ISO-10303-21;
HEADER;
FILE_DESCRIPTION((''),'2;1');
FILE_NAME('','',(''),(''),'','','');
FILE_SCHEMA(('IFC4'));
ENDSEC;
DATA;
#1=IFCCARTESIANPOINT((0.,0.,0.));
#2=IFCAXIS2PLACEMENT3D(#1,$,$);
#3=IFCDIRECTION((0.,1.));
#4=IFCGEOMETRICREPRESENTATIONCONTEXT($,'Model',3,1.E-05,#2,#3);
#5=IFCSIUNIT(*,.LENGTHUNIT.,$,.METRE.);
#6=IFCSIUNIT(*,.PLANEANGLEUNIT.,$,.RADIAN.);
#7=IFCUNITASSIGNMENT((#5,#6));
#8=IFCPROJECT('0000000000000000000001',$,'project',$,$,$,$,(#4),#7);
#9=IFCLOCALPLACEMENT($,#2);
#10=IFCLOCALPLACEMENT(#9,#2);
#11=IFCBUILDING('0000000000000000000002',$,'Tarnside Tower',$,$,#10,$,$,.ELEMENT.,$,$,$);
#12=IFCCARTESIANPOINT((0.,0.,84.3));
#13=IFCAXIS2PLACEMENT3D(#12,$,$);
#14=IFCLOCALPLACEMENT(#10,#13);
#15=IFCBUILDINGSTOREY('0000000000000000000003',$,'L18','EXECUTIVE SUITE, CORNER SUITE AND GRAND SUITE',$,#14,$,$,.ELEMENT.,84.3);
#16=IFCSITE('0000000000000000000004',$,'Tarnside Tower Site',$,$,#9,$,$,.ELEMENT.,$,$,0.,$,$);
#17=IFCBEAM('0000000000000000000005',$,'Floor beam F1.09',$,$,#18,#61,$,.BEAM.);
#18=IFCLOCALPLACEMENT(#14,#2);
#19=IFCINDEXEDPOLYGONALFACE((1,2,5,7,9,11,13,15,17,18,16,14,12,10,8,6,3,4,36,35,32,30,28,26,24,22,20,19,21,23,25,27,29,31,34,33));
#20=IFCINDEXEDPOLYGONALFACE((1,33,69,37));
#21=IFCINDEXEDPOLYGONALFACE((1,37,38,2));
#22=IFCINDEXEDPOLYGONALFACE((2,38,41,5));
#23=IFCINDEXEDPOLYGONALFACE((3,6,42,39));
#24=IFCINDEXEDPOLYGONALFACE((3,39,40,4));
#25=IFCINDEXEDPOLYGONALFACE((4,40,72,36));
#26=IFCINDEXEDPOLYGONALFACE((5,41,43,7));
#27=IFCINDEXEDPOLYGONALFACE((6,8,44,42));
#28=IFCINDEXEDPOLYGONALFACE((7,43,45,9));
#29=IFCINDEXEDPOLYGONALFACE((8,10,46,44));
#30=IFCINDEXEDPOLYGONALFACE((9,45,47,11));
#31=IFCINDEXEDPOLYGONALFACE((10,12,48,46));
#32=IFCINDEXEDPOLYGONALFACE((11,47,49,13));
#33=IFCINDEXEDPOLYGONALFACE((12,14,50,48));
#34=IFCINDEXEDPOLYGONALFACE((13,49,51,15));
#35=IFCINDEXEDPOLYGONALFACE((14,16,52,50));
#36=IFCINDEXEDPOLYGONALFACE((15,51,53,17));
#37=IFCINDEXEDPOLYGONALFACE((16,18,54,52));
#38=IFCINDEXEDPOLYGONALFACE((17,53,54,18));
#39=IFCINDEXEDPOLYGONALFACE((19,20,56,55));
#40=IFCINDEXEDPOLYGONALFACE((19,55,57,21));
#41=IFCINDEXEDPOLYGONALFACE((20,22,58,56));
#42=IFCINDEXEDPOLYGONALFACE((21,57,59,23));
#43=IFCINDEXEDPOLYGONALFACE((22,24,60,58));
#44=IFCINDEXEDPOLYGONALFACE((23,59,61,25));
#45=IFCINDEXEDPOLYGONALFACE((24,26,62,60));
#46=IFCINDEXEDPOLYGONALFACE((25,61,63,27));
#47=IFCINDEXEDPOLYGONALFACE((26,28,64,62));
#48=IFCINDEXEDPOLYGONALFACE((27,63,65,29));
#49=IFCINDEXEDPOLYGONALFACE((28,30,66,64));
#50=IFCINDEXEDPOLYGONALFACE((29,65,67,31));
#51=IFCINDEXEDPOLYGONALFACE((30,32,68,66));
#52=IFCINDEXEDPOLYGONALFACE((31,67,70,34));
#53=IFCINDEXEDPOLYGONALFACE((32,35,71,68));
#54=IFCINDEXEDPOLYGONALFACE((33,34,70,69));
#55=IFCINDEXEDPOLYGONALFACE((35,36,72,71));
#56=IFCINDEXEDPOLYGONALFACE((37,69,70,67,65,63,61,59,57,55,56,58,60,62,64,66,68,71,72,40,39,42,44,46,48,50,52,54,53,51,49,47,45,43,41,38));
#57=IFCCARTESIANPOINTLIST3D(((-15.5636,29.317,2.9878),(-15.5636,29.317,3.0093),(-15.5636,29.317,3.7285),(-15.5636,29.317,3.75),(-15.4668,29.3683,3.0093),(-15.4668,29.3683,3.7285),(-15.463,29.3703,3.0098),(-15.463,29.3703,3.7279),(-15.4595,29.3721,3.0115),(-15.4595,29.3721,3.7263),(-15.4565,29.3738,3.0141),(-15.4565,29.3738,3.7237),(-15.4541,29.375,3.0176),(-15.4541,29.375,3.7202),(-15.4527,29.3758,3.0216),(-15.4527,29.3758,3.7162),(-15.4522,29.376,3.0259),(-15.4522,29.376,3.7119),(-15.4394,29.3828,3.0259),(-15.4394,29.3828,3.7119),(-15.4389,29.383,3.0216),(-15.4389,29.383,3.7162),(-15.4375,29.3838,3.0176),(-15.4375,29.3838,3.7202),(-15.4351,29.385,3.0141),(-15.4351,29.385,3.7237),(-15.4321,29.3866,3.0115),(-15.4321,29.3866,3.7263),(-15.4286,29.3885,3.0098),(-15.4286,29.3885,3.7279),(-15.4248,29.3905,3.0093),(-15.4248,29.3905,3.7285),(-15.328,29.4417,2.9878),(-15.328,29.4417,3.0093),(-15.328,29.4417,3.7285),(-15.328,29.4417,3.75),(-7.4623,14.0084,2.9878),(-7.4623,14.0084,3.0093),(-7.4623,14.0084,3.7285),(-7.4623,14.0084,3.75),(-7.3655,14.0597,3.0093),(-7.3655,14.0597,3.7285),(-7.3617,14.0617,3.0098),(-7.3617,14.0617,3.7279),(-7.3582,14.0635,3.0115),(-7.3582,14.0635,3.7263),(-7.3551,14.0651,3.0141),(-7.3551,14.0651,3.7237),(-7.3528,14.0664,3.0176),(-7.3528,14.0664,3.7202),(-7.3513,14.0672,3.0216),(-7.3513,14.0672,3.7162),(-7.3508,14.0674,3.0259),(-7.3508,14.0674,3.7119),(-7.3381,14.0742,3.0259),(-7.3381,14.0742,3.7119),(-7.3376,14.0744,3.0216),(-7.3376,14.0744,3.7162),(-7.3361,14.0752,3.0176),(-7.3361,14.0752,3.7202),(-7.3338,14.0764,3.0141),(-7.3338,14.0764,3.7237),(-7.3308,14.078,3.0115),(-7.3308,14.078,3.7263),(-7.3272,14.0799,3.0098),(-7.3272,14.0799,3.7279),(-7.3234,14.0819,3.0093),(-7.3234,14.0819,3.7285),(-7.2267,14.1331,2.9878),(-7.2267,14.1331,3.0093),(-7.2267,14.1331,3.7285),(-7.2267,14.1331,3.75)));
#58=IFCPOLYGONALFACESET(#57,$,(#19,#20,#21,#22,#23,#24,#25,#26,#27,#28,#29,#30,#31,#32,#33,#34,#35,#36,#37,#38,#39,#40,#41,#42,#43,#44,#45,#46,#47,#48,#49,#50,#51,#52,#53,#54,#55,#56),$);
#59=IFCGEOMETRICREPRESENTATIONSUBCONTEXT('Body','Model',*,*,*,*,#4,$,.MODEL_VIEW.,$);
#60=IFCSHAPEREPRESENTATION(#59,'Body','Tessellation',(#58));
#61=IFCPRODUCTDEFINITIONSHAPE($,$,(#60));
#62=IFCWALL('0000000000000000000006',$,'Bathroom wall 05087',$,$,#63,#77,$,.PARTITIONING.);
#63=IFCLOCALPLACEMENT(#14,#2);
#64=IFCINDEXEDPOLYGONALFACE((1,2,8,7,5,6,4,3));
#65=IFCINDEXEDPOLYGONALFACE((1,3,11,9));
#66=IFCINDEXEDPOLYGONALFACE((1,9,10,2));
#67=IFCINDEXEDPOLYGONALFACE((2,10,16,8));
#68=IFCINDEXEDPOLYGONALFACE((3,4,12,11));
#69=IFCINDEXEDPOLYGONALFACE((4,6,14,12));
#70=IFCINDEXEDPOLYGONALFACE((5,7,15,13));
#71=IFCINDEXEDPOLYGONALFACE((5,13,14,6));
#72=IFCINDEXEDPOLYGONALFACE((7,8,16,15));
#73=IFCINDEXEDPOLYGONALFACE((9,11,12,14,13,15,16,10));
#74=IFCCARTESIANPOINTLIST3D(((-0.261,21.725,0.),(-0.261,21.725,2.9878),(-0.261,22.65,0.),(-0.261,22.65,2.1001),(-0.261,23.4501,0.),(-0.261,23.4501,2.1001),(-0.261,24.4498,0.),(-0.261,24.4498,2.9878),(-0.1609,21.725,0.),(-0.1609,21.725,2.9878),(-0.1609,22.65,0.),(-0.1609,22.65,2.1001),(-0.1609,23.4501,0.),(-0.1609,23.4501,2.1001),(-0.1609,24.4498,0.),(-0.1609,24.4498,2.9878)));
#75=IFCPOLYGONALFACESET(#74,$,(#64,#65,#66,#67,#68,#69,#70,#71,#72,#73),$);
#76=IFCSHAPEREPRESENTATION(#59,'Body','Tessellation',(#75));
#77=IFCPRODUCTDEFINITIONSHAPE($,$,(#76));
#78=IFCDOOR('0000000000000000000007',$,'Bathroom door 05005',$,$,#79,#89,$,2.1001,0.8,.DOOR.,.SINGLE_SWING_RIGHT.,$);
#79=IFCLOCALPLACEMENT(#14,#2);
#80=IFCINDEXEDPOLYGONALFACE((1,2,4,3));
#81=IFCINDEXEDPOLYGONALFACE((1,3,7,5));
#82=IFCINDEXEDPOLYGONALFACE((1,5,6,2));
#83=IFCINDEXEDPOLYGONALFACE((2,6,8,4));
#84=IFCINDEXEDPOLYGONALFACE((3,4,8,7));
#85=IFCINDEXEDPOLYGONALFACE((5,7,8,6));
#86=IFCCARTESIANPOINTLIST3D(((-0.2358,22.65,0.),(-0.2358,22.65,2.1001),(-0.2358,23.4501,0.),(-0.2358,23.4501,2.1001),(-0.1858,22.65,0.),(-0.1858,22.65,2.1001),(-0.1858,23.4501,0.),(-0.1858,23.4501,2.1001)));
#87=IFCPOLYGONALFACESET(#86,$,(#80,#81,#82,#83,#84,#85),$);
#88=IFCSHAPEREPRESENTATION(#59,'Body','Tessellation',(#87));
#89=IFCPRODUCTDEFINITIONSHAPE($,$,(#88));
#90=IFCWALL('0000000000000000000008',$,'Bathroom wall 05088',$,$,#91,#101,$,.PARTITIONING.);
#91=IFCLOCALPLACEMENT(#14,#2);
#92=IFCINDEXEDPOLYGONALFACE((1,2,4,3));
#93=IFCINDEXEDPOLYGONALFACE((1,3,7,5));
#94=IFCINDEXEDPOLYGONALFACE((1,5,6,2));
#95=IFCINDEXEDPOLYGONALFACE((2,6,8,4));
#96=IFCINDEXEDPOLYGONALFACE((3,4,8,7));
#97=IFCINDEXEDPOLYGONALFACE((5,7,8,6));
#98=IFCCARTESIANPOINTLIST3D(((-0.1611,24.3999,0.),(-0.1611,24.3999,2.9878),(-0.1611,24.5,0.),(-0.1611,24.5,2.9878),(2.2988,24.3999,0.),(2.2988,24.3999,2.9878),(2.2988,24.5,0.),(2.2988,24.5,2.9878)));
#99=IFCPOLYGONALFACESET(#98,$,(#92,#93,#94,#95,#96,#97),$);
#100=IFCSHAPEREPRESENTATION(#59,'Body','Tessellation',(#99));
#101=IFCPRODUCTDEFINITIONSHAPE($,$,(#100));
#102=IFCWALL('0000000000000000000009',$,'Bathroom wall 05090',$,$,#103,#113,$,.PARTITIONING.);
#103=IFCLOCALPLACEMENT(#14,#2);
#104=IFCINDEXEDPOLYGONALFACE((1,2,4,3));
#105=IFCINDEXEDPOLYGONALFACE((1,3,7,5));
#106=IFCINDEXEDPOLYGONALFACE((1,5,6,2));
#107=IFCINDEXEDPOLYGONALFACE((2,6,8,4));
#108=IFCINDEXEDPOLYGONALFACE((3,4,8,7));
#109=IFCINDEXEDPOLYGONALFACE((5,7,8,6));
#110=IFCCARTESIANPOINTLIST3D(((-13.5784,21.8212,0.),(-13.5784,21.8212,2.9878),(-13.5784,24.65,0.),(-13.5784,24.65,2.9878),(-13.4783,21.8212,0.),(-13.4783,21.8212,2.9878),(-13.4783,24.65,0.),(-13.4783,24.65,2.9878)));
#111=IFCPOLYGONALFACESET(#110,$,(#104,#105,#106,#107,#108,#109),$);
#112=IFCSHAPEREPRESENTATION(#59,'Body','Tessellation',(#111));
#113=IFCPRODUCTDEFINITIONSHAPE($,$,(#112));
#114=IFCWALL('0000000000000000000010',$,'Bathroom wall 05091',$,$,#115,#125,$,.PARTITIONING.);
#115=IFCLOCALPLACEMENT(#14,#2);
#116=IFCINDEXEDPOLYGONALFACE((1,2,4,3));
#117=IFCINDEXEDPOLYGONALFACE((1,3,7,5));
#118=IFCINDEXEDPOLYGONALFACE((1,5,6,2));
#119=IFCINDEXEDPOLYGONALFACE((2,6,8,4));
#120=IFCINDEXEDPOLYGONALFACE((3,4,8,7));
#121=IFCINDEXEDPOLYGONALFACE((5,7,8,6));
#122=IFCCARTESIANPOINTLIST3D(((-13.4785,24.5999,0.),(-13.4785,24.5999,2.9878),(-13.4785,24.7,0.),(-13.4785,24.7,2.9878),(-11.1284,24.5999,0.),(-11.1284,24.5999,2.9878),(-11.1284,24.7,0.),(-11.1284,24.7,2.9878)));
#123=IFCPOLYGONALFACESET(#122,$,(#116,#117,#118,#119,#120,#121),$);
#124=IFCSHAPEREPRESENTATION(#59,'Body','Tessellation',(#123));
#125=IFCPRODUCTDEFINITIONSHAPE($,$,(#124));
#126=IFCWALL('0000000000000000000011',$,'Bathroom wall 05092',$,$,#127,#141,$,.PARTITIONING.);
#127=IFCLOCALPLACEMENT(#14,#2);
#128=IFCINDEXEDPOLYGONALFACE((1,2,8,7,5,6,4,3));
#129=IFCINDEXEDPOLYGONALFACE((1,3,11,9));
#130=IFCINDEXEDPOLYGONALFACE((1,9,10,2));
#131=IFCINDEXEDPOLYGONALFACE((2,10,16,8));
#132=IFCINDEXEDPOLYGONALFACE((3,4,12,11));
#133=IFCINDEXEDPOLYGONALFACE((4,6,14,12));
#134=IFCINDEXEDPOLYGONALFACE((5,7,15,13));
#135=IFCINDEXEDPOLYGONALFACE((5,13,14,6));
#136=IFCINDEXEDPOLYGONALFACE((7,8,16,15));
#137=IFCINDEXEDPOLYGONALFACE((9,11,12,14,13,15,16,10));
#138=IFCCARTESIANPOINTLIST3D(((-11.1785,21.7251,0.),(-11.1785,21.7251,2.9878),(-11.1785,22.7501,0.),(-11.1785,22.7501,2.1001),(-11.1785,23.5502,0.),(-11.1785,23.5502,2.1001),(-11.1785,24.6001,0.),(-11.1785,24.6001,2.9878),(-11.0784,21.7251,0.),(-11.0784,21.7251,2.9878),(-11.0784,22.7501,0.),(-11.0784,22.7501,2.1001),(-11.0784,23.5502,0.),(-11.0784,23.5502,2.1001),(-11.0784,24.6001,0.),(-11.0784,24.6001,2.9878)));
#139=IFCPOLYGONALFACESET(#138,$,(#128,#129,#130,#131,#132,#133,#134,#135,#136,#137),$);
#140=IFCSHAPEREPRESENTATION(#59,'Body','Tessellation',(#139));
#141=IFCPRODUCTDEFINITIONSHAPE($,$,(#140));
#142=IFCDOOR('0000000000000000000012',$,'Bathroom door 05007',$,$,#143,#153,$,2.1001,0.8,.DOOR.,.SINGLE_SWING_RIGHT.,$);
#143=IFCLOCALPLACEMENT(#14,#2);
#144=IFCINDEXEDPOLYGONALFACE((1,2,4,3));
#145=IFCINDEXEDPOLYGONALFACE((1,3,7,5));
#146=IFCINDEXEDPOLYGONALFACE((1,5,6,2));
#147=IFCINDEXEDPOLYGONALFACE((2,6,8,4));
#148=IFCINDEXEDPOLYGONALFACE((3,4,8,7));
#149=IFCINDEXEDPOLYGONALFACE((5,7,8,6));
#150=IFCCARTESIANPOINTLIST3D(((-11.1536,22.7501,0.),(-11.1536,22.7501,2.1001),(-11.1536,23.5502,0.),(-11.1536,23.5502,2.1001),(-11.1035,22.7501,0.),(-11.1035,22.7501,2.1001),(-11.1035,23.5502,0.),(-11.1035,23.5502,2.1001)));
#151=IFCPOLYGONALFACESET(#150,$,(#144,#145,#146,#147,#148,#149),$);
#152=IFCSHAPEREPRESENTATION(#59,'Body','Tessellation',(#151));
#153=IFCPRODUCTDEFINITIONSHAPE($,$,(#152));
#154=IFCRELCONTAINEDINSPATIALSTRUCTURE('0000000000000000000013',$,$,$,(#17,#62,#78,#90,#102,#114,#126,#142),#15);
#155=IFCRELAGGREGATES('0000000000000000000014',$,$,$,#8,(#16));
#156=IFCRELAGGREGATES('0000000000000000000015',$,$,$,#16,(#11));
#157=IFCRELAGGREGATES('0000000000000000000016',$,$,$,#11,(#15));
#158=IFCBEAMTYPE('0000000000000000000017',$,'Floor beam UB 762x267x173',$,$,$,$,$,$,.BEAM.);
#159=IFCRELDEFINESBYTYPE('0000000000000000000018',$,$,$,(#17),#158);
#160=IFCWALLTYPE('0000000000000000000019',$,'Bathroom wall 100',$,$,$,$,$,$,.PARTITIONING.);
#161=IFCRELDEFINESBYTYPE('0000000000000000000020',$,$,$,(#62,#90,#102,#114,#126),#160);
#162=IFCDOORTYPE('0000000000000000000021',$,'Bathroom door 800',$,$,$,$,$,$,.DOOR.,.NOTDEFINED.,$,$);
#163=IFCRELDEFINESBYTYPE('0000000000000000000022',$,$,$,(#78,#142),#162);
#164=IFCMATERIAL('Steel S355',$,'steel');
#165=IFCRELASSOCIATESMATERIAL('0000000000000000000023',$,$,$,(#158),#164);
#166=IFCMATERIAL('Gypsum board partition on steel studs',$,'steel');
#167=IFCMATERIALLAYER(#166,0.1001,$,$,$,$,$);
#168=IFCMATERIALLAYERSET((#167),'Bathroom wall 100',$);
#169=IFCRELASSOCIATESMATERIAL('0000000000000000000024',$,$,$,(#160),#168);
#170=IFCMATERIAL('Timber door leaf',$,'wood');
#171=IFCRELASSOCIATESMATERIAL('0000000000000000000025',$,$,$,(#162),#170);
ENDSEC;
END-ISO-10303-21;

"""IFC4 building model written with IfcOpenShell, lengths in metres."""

from ifc_helpers import new_model, si_unit, direction, frame, frame_2d, origin, origin_2d, place, context, subcontext, project, spatial, rectangle, i_section, extrude, material, layer, layer_set, material_profile, profile_set, type_object, element, fill, save


model = new_model("IFC4")

# Units and contexts
model_context = context("Model", 3, precision=1e-05, world=origin(), true_north=direction((0.0, 1.0)))
body_context = subcontext(model_context, "Body", "Model", "MODEL_VIEW")
ifc_project = project(units=[si_unit("LENGTHUNIT", "METRE"), si_unit("PLANEANGLEUNIT", "RADIAN")], contexts=[model_context])

# Site, building, storey
site_placement = place(None, origin())
site = spatial("IfcSite", under=ifc_project, at=site_placement, Name="Tarnside Tower Site", CompositionType="ELEMENT", RefElevation=0.0)
building_placement = place(site_placement, origin())
building = spatial("IfcBuilding", under=site, at=building_placement, Name="Tarnside Tower", CompositionType="ELEMENT")
storey_placement = place(building_placement, frame((0.0, 0.0, 84.3)))
storey = spatial("IfcBuildingStorey", under=building, at=storey_placement, Name="L18", Description="EXECUTIVE SUITE, CORNER SUITE AND GRAND SUITE", CompositionType="ELEMENT", Elevation=84.3)

# Beam
ifc_material_1 = material(Name="Steel S355", Category="steel")
ifc_material_profile_1 = material_profile(ifc_material_1, i_section(OverallWidth=0.2666, OverallDepth=0.7622, WebThickness=0.0144, FlangeThickness=0.0215, FilletRadius=0.0166, at=origin_2d()), Name="UB 762x267x173")
ifc_profile_set_1 = profile_set([ifc_material_profile_1], Name="Steel S355")
beam_type_1 = type_object("IfcBeamType", Name="Floor beam UB 762x267x173", PredefinedType="BEAM", material=ifc_profile_set_1)
beam_1_placement = place(storey_placement, frame((-15.4458, 29.3794, 3.3689), z_axis=(0.467742, -0.883865, 0.0), x_axis=(0.883865, 0.467742, 0.0)))
element("IfcBeam", 1, at=beam_1_placement, inside=storey, type_object=beam_type_1, Name="Floor beam F1.09", PredefinedType="BEAM", context=body_context, shape_type="SweptSolid", body=[
    extrude(i_section(OverallWidth=0.2666, OverallDepth=0.7622, WebThickness=0.0144, FlangeThickness=0.0215, FilletRadius=0.0166, at=origin_2d()), origin(), (0.0, 0.0, 1.0), 17.3201),
])

# Wall, opening, door
ifc_material_2 = material(Name="Gypsum board partition on steel studs", Category="steel")
ifc_layer_1 = layer(ifc_material_2, 0.1001)
ifc_layer_set_1 = layer_set([ifc_layer_1], Name="Bathroom wall 100")
wall_type_1 = type_object("IfcWallType", Name="Bathroom wall 100", PredefinedType="PARTITIONING", material=ifc_layer_set_1)
wall_1_placement = place(storey_placement, frame((-0.2109, 21.7251, 0.0), z_axis=(0.0, 0.0, 1.0), x_axis=(0.0, 1.0, 0.0)))
wall_1 = element("IfcWall", 2, at=wall_1_placement, inside=storey, type_object=wall_type_1, Name="Bathroom wall 05087", PredefinedType="PARTITIONING", context=body_context, shape_type="SweptSolid", body=[
    extrude(rectangle(XDim=2.7249, YDim=0.1001, at=frame_2d((1.3623, 0.0))), origin(), (0.0, 0.0, 1.0), 2.9878),
])
opening_1_placement = place(wall_1_placement, frame((0.925, 0.0, 0.0)))
opening_1 = element("IfcOpeningElement", 3, at=opening_1_placement, cuts=wall_1, PredefinedType="OPENING", context=body_context, shape_type="SweptSolid", body=[
    extrude(rectangle(XDim=0.8, YDim=2.1001, at=frame_2d((0.3999, 1.05))), frame((0.0, 0.0601, 0.0), z_axis=(0.0, -1.0, 0.0), x_axis=(1.0, 0.0, 0.0)), (0.0, 0.0, 1.0), 0.1201),
])
ifc_material_3 = material(Name="Timber door leaf", Category="wood")
door_type_1 = type_object("IfcDoorType", Name="Bathroom door 800", OperationType="NOTDEFINED", PredefinedType="DOOR", material=ifc_material_3)
door_1_placement = place(opening_1_placement, origin())
door_1 = element("IfcDoor", 4, at=door_1_placement, inside=storey, type_object=door_type_1, Name="Bathroom door 05005", OperationType="SINGLE_SWING_RIGHT", OverallHeight=2.1001, OverallWidth=0.8, PredefinedType="DOOR", context=body_context, shape_type="SweptSolid", body=[
    extrude(rectangle(XDim=0.8, YDim=2.1001, at=frame_2d((0.3999, 1.05))), frame((0.0, 0.0249, 0.0), z_axis=(0.0, -1.0, 0.0), x_axis=(1.0, 0.0, 0.0)), (0.0, 0.0, 1.0), 0.05),
])
fill(opening_1, door_1)

# Walls
wall_2_placement = place(storey_placement, frame((-0.1611, 24.45, 0.0), z_axis=(0.0, 0.0, 1.0), x_axis=(1.0, 0.0, 0.0)))
element("IfcWall", 5, at=wall_2_placement, inside=storey, type_object=wall_type_1, Name="Bathroom wall 05088", PredefinedType="PARTITIONING", context=body_context, shape_type="SweptSolid", body=[
    extrude(rectangle(XDim=2.46, YDim=0.1001, at=frame_2d((1.23, 0.0))), origin(), (0.0, 0.0, 1.0), 2.9878),
])
wall_3_placement = place(storey_placement, frame((-13.5283, 21.821, 0.0), z_axis=(0.0, 0.0, 1.0), x_axis=(0.0, 1.0, 0.0)))
element("IfcWall", 6, at=wall_3_placement, inside=storey, type_object=wall_type_1, Name="Bathroom wall 05090", PredefinedType="PARTITIONING", context=body_context, shape_type="SweptSolid", body=[
    extrude(rectangle(XDim=2.8289, YDim=0.1001, at=frame_2d((1.4146, 0.0))), origin(), (0.0, 0.0, 1.0), 2.9878),
])
wall_4_placement = place(storey_placement, frame((-13.4785, 24.6499, 0.0), z_axis=(0.0, 0.0, 1.0), x_axis=(1.0, 0.0, 0.0)))
element("IfcWall", 7, at=wall_4_placement, inside=storey, type_object=wall_type_1, Name="Bathroom wall 05091", PredefinedType="PARTITIONING", context=body_context, shape_type="SweptSolid", body=[
    extrude(rectangle(XDim=2.3501, YDim=0.1001, at=frame_2d((1.175, 0.0))), origin(), (0.0, 0.0, 1.0), 2.9878),
])

# Wall, opening, door
wall_5_placement = place(storey_placement, frame((-11.1284, 24.6001, 0.0), z_axis=(0.0, 0.0, 1.0), x_axis=(0.0, -1.0, 0.0)))
wall_5 = element("IfcWall", 8, at=wall_5_placement, inside=storey, type_object=wall_type_1, Name="Bathroom wall 05092", PredefinedType="PARTITIONING", context=body_context, shape_type="SweptSolid", body=[
    extrude(rectangle(XDim=2.875, YDim=0.1001, at=frame_2d((1.4375, 0.0))), origin(), (0.0, 0.0, 1.0), 2.9878),
])
opening_2_placement = place(wall_5_placement, frame((1.05, 0.0, 0.0)))
opening_2 = element("IfcOpeningElement", 9, at=opening_2_placement, cuts=wall_5, PredefinedType="OPENING", context=body_context, shape_type="SweptSolid", body=[
    extrude(rectangle(XDim=0.8, YDim=2.1001, at=frame_2d((0.3999, 1.05))), frame((0.0, 0.0601, 0.0), z_axis=(0.0, -1.0, 0.0), x_axis=(1.0, 0.0, 0.0)), (0.0, 0.0, 1.0), 0.1201),
])
door_2_placement = place(opening_2_placement, origin())
door_2 = element("IfcDoor", 10, at=door_2_placement, inside=storey, type_object=door_type_1, Name="Bathroom door 05007", OperationType="SINGLE_SWING_RIGHT", OverallHeight=2.1001, OverallWidth=0.8, PredefinedType="DOOR", context=body_context, shape_type="SweptSolid", body=[
    extrude(rectangle(XDim=0.8, YDim=2.1001, at=frame_2d((0.3999, 1.05))), frame((0.0, 0.0249, 0.0), z_axis=(0.0, -1.0, 0.0), x_axis=(1.0, 0.0, 0.0)), (0.0, 0.0, 1.0), 0.05),
])
fill(opening_2, door_2)

save(model, "model.ifc")
